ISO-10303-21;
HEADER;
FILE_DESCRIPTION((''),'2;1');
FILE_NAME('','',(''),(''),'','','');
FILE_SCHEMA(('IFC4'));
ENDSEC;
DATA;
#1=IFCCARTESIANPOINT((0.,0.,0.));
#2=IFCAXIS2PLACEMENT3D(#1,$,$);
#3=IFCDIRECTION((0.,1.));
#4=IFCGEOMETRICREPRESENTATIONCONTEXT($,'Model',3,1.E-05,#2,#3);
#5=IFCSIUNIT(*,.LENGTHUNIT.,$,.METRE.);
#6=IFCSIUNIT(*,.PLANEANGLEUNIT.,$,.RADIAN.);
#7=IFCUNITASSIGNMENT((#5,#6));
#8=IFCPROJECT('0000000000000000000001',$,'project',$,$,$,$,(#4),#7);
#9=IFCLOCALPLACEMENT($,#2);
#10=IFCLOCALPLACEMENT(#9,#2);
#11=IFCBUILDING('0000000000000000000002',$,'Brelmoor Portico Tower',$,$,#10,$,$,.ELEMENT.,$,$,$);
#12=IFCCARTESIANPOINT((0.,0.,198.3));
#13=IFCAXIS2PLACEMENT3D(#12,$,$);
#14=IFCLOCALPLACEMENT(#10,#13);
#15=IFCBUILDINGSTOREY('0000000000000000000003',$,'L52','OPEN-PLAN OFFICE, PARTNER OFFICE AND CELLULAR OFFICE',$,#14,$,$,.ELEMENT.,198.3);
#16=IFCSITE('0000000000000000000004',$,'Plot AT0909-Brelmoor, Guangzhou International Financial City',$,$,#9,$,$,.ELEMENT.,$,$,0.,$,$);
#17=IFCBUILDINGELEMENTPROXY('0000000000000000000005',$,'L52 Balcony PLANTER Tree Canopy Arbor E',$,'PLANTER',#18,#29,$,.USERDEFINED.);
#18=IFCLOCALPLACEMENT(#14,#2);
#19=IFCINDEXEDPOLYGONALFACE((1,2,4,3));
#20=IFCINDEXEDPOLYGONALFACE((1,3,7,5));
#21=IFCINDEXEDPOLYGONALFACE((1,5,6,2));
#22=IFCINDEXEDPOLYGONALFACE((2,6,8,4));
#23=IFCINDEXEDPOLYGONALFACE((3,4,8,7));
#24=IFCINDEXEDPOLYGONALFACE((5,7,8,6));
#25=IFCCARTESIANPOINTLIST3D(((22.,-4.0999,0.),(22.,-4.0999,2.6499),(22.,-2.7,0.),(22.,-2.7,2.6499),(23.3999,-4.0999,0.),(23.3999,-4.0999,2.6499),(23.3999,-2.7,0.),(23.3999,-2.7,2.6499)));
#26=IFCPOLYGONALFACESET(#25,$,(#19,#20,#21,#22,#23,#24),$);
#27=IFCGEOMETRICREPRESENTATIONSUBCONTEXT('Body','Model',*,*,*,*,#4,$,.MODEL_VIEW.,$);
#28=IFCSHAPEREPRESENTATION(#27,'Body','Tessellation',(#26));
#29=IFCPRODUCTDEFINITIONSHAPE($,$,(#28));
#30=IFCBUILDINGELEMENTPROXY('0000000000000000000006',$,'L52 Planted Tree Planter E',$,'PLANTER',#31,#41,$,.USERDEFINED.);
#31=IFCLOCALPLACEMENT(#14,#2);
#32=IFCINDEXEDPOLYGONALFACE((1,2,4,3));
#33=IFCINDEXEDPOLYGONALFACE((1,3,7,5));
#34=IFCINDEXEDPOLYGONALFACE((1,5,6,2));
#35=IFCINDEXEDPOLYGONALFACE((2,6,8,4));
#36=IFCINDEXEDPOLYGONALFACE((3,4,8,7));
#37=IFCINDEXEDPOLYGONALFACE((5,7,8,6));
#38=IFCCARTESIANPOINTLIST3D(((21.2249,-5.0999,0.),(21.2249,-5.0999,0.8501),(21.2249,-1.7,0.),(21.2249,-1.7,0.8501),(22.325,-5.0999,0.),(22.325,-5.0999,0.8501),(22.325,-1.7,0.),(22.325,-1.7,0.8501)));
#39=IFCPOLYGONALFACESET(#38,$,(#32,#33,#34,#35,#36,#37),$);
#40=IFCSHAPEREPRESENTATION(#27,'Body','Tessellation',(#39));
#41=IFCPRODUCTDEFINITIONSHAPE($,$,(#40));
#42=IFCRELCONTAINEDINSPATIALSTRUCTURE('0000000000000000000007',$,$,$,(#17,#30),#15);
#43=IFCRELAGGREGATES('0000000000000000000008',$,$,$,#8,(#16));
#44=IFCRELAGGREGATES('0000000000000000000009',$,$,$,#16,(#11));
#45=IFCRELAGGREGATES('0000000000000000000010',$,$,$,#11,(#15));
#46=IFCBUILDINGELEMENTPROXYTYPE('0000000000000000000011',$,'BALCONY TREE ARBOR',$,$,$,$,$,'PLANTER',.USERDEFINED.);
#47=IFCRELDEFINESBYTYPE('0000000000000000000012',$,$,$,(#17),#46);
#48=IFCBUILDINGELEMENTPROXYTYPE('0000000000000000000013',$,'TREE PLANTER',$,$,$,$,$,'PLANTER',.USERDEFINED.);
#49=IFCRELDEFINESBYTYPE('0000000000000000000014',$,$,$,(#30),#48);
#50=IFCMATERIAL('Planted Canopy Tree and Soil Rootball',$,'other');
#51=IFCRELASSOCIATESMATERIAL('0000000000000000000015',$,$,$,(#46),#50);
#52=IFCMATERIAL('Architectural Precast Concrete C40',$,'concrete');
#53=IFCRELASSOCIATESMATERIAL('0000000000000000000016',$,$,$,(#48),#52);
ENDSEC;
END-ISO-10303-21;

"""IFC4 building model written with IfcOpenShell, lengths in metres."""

from ifc_helpers import new_model, si_unit, direction, frame, origin, origin_2d, place, context, subcontext, project, spatial, rectangle, extrude, material, type_object, element, save


model = new_model("IFC4")

# Units and contexts
model_context = context("Model", 3, precision=1e-05, world=origin(), true_north=direction((0.0, 1.0)))
body_context = subcontext(model_context, "Body", "Model", "MODEL_VIEW")
ifc_project = project(units=[si_unit("LENGTHUNIT", "METRE"), si_unit("PLANEANGLEUNIT", "RADIAN")], contexts=[model_context])

# Site, building, storey
site_placement = place(None, origin())
site = spatial("IfcSite", under=ifc_project, at=site_placement, Name="Plot AT0909-Brelmoor, Guangzhou International Financial City", CompositionType="ELEMENT", RefElevation=0.0)
building_placement = place(site_placement, origin())
building = spatial("IfcBuilding", under=site, at=building_placement, Name="Brelmoor Portico Tower", CompositionType="ELEMENT")
storey_placement = place(building_placement, frame((0.0, 0.0, 198.3)))
storey = spatial("IfcBuildingStorey", under=building, at=storey_placement, Name="L52", Description="OPEN-PLAN OFFICE, PARTNER OFFICE AND CELLULAR OFFICE", CompositionType="ELEMENT", Elevation=198.3)

# Building element proxies
ifc_material_1 = material(Name="Planted Canopy Tree and Soil Rootball", Category="other")
building_element_proxy_type_1 = type_object("IfcBuildingElementProxyType", Name="BALCONY TREE ARBOR", ElementType="PLANTER", PredefinedType="USERDEFINED", material=ifc_material_1)
proxy_1_placement = place(storey_placement, frame((22.7, -3.3999, 0.0), z_axis=(0.0, 0.0, 1.0), x_axis=(1.0, 0.0, 0.0)))
element("IfcBuildingElementProxy", 1, at=proxy_1_placement, inside=storey, type_object=building_element_proxy_type_1, Name="L52 Balcony PLANTER Tree Canopy Arbor E", ObjectType="PLANTER", PredefinedType="USERDEFINED", context=body_context, shape_type="SweptSolid", body=[
    extrude(rectangle(XDim=1.3999, YDim=1.3999, at=origin_2d()), origin(), (0.0, 0.0, 1.0), 2.6499),
])
ifc_material_2 = material(Name="Architectural Precast Concrete C40", Category="concrete")
building_element_proxy_type_2 = type_object("IfcBuildingElementProxyType", Name="TREE PLANTER", ElementType="PLANTER", PredefinedType="USERDEFINED", material=ifc_material_2)
proxy_2_placement = place(storey_placement, frame((21.7749, -3.3999, 0.0), z_axis=(0.0, 0.0, 1.0), x_axis=(0.0, 1.0, 0.0)))
element("IfcBuildingElementProxy", 2, at=proxy_2_placement, inside=storey, type_object=building_element_proxy_type_2, Name="L52 Planted Tree Planter E", ObjectType="PLANTER", PredefinedType="USERDEFINED", context=body_context, shape_type="SweptSolid", body=[
    extrude(rectangle(XDim=3.3999, YDim=1.1001, at=origin_2d()), origin(), (0.0, 0.0, 1.0), 0.8501),
])

save(model, "model.ifc")
